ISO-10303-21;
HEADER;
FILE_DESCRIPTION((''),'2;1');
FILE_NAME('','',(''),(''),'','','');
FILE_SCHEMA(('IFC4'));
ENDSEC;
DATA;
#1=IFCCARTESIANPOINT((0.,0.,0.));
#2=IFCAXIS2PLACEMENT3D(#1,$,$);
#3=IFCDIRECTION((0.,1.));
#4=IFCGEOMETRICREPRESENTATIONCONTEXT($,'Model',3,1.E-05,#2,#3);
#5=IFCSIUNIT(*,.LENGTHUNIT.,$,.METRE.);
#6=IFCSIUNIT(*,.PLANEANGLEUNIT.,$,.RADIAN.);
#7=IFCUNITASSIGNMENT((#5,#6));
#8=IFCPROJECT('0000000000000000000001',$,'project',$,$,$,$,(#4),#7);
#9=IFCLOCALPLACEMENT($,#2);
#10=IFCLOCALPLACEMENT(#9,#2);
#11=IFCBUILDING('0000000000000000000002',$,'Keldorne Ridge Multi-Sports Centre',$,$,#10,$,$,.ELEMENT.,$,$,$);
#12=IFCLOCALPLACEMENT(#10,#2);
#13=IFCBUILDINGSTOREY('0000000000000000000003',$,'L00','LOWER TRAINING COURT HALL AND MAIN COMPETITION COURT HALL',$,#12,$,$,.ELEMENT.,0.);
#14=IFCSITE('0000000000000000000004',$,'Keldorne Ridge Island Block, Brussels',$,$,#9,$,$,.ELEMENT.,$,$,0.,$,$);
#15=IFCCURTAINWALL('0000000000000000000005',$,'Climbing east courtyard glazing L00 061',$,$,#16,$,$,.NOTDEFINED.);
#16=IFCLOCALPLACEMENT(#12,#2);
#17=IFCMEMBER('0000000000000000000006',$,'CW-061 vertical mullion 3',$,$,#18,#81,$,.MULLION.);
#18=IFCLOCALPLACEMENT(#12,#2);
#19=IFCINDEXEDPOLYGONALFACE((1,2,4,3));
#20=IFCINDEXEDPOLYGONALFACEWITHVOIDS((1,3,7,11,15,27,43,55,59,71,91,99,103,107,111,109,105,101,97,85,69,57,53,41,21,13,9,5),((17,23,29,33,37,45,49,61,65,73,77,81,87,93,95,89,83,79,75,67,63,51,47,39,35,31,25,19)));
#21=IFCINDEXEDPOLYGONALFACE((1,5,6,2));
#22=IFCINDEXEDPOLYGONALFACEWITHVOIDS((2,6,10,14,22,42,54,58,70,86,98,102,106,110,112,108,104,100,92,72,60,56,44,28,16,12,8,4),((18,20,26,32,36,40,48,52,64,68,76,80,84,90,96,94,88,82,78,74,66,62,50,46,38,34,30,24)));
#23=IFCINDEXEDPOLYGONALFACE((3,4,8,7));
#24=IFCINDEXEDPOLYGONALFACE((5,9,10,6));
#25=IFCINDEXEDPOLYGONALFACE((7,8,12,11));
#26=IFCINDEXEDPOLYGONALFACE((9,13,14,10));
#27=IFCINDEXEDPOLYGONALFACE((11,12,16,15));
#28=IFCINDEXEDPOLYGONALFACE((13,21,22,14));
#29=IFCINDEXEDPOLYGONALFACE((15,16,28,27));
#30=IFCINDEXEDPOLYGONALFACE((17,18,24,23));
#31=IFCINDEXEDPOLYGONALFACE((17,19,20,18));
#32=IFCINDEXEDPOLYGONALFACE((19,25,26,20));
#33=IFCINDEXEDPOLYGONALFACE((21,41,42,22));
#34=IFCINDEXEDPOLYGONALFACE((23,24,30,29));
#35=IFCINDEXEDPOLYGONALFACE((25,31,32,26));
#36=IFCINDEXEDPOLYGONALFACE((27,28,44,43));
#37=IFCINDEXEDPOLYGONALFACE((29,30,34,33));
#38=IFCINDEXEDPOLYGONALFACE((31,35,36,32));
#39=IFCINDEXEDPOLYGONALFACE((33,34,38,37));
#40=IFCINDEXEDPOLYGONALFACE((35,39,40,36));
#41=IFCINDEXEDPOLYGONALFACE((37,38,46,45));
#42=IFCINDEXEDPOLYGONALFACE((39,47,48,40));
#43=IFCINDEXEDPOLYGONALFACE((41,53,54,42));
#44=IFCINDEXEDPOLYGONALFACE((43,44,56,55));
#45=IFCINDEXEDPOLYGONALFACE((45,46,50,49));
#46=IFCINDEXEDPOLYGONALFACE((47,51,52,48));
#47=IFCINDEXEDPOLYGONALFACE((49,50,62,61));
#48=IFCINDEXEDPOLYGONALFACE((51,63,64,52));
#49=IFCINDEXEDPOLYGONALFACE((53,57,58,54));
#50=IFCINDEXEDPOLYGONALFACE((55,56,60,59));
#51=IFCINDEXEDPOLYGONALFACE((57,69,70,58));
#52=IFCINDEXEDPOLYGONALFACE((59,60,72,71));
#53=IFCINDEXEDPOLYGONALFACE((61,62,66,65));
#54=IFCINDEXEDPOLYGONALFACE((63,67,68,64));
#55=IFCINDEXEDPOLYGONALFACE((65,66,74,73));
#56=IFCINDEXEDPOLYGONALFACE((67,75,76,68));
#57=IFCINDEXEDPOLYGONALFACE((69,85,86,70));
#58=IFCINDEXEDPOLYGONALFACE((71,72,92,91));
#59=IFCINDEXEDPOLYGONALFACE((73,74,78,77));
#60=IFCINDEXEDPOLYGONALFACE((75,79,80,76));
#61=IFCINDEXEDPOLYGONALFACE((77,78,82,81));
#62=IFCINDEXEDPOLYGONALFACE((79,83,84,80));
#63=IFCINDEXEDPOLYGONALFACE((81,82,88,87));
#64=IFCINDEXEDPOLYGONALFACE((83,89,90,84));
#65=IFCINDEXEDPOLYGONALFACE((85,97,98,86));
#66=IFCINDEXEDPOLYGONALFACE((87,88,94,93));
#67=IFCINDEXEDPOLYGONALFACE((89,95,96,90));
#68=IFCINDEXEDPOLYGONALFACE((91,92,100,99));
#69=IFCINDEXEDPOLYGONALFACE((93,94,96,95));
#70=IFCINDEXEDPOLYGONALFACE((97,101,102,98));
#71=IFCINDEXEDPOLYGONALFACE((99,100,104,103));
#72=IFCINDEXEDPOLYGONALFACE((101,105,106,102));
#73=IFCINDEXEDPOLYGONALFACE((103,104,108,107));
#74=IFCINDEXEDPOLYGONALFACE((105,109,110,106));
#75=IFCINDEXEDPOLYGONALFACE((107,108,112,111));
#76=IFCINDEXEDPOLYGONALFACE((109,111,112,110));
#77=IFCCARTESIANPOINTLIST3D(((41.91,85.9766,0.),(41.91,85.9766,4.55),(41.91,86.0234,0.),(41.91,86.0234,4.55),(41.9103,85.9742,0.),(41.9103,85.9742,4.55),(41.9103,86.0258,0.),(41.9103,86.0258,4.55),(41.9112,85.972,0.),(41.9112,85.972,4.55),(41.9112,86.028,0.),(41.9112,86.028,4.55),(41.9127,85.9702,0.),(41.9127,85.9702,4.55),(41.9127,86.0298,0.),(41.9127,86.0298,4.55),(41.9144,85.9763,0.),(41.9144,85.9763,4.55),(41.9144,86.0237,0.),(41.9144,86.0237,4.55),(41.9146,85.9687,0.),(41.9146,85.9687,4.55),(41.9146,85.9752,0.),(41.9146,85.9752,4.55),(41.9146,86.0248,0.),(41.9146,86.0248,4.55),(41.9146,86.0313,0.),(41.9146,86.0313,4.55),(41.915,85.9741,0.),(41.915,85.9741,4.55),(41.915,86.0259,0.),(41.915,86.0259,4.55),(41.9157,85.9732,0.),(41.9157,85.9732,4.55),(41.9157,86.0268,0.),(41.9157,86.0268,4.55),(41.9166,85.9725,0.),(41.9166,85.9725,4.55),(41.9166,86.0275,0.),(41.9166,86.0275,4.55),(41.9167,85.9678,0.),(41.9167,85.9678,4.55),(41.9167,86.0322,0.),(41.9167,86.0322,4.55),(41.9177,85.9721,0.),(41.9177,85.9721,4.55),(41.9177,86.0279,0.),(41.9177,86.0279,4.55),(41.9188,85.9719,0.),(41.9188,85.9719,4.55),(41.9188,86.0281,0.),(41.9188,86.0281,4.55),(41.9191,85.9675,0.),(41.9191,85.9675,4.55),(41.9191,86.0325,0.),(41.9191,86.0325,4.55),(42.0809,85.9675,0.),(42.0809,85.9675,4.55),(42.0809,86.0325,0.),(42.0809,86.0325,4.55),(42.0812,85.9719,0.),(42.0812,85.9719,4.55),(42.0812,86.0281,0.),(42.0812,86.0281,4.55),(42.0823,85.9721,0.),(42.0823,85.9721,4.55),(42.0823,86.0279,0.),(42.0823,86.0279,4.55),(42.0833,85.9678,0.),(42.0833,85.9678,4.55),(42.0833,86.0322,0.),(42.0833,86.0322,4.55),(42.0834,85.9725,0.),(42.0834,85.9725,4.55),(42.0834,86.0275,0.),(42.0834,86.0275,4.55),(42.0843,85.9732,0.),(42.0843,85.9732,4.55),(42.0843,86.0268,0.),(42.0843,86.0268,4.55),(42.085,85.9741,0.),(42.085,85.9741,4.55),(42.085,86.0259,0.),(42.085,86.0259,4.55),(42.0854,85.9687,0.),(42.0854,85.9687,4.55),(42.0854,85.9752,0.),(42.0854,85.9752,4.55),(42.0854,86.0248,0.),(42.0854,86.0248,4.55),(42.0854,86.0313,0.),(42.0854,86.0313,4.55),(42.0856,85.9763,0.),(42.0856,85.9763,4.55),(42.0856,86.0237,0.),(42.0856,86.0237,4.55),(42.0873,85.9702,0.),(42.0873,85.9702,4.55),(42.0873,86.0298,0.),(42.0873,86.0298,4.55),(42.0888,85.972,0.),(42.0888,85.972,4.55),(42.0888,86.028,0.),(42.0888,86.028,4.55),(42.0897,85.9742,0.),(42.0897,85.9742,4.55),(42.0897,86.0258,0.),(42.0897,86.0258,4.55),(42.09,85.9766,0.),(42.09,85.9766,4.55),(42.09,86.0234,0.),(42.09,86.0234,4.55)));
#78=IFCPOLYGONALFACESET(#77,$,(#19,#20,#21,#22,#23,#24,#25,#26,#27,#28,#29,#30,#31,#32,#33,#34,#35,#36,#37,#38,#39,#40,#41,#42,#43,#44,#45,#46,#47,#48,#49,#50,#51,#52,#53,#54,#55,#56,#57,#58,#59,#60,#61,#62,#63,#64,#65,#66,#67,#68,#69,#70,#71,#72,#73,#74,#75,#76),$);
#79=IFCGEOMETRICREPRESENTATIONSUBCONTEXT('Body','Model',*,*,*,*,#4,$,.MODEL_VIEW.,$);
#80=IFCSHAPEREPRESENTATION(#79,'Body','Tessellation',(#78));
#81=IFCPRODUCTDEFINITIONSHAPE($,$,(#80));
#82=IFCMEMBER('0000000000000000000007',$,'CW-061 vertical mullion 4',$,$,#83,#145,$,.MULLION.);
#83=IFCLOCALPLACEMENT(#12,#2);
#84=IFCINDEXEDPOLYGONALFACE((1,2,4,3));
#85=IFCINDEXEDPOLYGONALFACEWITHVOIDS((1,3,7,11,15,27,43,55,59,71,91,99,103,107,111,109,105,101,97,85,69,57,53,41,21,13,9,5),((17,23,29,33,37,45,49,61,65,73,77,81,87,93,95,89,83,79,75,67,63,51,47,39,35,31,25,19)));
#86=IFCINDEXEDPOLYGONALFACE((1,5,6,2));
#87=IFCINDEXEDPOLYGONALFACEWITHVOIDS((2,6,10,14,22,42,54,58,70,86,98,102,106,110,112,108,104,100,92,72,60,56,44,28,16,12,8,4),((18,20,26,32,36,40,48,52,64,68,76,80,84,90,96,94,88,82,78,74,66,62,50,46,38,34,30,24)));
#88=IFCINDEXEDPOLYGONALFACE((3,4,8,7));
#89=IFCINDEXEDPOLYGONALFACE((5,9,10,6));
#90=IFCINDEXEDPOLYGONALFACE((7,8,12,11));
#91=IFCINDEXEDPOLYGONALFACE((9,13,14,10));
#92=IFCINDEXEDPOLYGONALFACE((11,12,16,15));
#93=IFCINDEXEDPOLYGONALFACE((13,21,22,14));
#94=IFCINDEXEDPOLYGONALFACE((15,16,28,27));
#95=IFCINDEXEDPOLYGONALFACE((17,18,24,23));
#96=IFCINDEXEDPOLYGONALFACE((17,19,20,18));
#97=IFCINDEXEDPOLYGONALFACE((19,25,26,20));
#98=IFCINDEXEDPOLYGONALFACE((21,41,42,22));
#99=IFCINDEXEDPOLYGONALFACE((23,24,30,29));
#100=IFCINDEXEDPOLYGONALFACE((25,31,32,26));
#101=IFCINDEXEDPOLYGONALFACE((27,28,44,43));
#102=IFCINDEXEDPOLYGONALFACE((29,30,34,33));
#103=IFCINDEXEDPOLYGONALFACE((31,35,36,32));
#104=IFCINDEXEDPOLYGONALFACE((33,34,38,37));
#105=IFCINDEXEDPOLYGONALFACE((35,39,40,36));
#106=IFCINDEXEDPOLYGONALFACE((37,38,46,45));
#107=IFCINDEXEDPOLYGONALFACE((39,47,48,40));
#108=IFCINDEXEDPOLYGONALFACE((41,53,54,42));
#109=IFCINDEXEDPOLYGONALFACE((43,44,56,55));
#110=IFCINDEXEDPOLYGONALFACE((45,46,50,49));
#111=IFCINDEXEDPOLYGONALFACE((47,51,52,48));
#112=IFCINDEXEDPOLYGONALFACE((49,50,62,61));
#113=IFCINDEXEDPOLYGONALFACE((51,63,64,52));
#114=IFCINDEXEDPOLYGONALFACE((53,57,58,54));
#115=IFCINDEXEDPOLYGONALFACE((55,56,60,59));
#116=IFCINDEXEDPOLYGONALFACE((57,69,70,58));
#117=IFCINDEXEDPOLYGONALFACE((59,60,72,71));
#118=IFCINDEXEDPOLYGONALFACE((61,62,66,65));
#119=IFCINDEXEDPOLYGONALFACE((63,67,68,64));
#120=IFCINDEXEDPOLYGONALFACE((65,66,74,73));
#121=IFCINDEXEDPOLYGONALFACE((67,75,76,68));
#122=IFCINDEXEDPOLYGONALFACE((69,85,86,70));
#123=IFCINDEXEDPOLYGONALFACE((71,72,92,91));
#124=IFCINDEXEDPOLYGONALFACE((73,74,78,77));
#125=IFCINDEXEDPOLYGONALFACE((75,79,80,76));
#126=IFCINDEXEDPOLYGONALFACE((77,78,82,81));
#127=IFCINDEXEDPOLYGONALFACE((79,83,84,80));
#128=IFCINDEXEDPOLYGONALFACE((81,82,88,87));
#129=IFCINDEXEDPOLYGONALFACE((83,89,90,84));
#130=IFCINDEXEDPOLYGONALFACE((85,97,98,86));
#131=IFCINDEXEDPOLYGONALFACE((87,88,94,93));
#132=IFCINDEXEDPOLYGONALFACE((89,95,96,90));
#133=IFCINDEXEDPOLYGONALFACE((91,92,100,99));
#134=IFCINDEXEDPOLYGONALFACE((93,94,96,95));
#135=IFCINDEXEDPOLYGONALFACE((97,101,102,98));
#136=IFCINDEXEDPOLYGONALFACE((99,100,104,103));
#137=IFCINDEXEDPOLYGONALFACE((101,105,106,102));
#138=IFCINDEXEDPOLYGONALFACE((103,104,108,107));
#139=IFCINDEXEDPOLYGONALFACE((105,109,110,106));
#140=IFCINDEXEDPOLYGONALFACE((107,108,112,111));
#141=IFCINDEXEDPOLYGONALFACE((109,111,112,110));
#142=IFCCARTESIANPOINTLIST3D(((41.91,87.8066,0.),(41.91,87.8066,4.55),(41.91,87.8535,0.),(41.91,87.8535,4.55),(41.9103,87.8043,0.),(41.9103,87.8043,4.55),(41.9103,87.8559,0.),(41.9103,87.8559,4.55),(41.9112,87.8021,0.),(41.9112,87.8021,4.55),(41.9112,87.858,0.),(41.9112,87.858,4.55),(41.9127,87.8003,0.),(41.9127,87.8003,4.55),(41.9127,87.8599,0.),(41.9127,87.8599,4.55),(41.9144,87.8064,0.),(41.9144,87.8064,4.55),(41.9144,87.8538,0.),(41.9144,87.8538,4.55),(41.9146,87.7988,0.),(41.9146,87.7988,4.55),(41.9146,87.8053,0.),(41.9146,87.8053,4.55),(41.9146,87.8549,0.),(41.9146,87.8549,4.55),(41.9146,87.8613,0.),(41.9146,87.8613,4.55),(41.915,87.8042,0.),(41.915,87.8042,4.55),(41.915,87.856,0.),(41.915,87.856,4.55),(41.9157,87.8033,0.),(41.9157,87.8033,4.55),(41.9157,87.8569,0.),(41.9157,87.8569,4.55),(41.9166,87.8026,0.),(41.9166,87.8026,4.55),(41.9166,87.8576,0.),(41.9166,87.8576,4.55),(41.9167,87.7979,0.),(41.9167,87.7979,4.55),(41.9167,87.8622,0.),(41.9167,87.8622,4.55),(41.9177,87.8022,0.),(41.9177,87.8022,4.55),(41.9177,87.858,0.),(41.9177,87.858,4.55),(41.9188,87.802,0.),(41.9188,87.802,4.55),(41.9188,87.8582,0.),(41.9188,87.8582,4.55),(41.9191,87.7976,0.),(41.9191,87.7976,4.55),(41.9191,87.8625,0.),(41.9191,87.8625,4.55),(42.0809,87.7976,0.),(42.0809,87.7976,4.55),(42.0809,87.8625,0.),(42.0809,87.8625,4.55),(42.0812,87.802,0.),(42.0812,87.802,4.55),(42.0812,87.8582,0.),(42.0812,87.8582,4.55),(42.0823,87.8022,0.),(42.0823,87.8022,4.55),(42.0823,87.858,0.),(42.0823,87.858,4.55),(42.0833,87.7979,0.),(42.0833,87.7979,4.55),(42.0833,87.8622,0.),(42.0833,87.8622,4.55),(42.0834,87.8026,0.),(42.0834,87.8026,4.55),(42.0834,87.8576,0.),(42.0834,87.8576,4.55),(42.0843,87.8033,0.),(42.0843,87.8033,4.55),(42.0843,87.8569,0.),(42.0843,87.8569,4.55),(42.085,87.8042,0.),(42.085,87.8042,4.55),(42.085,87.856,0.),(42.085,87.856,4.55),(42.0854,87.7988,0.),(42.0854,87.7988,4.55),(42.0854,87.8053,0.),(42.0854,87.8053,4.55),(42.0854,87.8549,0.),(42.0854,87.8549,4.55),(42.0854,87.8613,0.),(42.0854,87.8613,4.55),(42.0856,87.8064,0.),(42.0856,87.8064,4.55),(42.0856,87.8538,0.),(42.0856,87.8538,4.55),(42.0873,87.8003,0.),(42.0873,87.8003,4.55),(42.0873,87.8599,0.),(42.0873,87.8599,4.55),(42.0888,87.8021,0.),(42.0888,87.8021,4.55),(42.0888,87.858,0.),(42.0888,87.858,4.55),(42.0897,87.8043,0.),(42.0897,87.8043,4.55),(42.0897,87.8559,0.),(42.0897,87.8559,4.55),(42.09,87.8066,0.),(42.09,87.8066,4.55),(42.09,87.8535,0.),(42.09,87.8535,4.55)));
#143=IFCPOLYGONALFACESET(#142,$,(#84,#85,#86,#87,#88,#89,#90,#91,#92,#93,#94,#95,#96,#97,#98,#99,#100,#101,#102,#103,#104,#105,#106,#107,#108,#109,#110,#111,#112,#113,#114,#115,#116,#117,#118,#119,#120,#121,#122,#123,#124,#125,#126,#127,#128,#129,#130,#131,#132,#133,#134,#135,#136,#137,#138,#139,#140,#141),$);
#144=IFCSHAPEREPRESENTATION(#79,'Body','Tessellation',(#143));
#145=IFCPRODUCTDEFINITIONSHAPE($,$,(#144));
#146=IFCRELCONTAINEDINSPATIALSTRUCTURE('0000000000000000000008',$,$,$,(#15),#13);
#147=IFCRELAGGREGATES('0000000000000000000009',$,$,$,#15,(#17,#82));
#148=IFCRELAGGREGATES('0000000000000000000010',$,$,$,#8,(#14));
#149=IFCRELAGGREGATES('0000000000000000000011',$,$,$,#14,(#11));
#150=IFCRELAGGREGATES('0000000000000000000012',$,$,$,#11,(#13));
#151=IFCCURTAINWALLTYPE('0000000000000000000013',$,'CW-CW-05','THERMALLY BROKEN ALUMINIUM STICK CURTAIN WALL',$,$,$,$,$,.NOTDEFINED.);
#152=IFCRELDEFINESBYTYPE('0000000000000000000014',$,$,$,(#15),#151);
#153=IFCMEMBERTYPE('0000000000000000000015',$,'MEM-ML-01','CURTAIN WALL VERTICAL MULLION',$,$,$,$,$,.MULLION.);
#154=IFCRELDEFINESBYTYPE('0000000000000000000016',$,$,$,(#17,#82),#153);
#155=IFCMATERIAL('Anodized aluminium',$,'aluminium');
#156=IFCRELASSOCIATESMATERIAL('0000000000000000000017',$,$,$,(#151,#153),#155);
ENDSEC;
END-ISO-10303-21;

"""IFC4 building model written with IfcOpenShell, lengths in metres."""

from ifc_helpers import new_model, si_unit, direction, frame, origin, origin_2d, place, context, subcontext, project, spatial, hollow_rectangle, extrude, material, material_profile, profile_set, type_object, element, aggregate, save


model = new_model("IFC4")

# Units and contexts
model_context = context("Model", 3, precision=1e-05, world=origin(), true_north=direction((0.0, 1.0)))
body_context = subcontext(model_context, "Body", "Model", "MODEL_VIEW")
ifc_project = project(units=[si_unit("LENGTHUNIT", "METRE"), si_unit("PLANEANGLEUNIT", "RADIAN")], contexts=[model_context])

# Site, building, storey
site_placement = place(None, origin())
site = spatial("IfcSite", under=ifc_project, at=site_placement, Name="Keldorne Ridge Island Block, Brussels", CompositionType="ELEMENT", RefElevation=0.0)
building_placement = place(site_placement, origin())
building = spatial("IfcBuilding", under=site, at=building_placement, Name="Keldorne Ridge Multi-Sports Centre", CompositionType="ELEMENT")
storey_placement = place(building_placement, origin())
storey = spatial("IfcBuildingStorey", under=building, at=storey_placement, Name="L00", Description="LOWER TRAINING COURT HALL AND MAIN COMPETITION COURT HALL", CompositionType="ELEMENT", Elevation=0.0)

# Curtain wall, members
ifc_material_1 = material(Name="Anodized aluminium", Category="aluminium")
curtain_wall_type_1 = type_object("IfcCurtainWallType", Name="CW-CW-05", Description="THERMALLY BROKEN ALUMINIUM STICK CURTAIN WALL", PredefinedType="NOTDEFINED", material=ifc_material_1)
curtain_wall_1_placement = place(storey_placement, origin())
curtain_wall_1 = element("IfcCurtainWall", 1, at=curtain_wall_1_placement, inside=storey, type_object=curtain_wall_type_1, Name="Climbing east courtyard glazing L00 061", PredefinedType="NOTDEFINED")
ifc_material_profile_1 = material_profile(ifc_material_1, hollow_rectangle(XDim=0.0649, YDim=0.1799, WallThickness=0.0044, InnerFilletRadius=0.0044, OuterFilletRadius=0.009, at=origin_2d()), Name="ALU MULLION 180x65x4.5")
ifc_profile_set_1 = profile_set([ifc_material_profile_1], Name="Anodized aluminium")
member_type_1 = type_object("IfcMemberType", Name="MEM-ML-01", Description="CURTAIN WALL VERTICAL MULLION", PredefinedType="MULLION", material=ifc_profile_set_1)
member_1_placement = place(storey_placement, frame((42.0, 86.0, 0.0), z_axis=(0.0, 0.0, 1.0), x_axis=(0.0, 1.0, 0.0)))
member_1 = element("IfcMember", 2, at=member_1_placement, type_object=member_type_1, Name="CW-061 vertical mullion 3", PredefinedType="MULLION", context=body_context, shape_type="SweptSolid", body=[
    extrude(hollow_rectangle(XDim=0.0649, YDim=0.1799, WallThickness=0.0044, InnerFilletRadius=0.0044, OuterFilletRadius=0.009, at=origin_2d()), origin(), (0.0, 0.0, 1.0), 4.55),
])
member_2_placement = place(storey_placement, frame((42.0, 87.8301, 0.0), z_axis=(0.0, 0.0, 1.0), x_axis=(0.0, 1.0, 0.0)))
member_2 = element("IfcMember", 3, at=member_2_placement, type_object=member_type_1, Name="CW-061 vertical mullion 4", PredefinedType="MULLION", context=body_context, shape_type="SweptSolid", body=[
    extrude(hollow_rectangle(XDim=0.0649, YDim=0.1799, WallThickness=0.0044, InnerFilletRadius=0.0044, OuterFilletRadius=0.009, at=origin_2d()), origin(), (0.0, 0.0, 1.0), 4.55),
])

aggregate(curtain_wall_1, [member_1, member_2])

save(model, "model.ifc")
